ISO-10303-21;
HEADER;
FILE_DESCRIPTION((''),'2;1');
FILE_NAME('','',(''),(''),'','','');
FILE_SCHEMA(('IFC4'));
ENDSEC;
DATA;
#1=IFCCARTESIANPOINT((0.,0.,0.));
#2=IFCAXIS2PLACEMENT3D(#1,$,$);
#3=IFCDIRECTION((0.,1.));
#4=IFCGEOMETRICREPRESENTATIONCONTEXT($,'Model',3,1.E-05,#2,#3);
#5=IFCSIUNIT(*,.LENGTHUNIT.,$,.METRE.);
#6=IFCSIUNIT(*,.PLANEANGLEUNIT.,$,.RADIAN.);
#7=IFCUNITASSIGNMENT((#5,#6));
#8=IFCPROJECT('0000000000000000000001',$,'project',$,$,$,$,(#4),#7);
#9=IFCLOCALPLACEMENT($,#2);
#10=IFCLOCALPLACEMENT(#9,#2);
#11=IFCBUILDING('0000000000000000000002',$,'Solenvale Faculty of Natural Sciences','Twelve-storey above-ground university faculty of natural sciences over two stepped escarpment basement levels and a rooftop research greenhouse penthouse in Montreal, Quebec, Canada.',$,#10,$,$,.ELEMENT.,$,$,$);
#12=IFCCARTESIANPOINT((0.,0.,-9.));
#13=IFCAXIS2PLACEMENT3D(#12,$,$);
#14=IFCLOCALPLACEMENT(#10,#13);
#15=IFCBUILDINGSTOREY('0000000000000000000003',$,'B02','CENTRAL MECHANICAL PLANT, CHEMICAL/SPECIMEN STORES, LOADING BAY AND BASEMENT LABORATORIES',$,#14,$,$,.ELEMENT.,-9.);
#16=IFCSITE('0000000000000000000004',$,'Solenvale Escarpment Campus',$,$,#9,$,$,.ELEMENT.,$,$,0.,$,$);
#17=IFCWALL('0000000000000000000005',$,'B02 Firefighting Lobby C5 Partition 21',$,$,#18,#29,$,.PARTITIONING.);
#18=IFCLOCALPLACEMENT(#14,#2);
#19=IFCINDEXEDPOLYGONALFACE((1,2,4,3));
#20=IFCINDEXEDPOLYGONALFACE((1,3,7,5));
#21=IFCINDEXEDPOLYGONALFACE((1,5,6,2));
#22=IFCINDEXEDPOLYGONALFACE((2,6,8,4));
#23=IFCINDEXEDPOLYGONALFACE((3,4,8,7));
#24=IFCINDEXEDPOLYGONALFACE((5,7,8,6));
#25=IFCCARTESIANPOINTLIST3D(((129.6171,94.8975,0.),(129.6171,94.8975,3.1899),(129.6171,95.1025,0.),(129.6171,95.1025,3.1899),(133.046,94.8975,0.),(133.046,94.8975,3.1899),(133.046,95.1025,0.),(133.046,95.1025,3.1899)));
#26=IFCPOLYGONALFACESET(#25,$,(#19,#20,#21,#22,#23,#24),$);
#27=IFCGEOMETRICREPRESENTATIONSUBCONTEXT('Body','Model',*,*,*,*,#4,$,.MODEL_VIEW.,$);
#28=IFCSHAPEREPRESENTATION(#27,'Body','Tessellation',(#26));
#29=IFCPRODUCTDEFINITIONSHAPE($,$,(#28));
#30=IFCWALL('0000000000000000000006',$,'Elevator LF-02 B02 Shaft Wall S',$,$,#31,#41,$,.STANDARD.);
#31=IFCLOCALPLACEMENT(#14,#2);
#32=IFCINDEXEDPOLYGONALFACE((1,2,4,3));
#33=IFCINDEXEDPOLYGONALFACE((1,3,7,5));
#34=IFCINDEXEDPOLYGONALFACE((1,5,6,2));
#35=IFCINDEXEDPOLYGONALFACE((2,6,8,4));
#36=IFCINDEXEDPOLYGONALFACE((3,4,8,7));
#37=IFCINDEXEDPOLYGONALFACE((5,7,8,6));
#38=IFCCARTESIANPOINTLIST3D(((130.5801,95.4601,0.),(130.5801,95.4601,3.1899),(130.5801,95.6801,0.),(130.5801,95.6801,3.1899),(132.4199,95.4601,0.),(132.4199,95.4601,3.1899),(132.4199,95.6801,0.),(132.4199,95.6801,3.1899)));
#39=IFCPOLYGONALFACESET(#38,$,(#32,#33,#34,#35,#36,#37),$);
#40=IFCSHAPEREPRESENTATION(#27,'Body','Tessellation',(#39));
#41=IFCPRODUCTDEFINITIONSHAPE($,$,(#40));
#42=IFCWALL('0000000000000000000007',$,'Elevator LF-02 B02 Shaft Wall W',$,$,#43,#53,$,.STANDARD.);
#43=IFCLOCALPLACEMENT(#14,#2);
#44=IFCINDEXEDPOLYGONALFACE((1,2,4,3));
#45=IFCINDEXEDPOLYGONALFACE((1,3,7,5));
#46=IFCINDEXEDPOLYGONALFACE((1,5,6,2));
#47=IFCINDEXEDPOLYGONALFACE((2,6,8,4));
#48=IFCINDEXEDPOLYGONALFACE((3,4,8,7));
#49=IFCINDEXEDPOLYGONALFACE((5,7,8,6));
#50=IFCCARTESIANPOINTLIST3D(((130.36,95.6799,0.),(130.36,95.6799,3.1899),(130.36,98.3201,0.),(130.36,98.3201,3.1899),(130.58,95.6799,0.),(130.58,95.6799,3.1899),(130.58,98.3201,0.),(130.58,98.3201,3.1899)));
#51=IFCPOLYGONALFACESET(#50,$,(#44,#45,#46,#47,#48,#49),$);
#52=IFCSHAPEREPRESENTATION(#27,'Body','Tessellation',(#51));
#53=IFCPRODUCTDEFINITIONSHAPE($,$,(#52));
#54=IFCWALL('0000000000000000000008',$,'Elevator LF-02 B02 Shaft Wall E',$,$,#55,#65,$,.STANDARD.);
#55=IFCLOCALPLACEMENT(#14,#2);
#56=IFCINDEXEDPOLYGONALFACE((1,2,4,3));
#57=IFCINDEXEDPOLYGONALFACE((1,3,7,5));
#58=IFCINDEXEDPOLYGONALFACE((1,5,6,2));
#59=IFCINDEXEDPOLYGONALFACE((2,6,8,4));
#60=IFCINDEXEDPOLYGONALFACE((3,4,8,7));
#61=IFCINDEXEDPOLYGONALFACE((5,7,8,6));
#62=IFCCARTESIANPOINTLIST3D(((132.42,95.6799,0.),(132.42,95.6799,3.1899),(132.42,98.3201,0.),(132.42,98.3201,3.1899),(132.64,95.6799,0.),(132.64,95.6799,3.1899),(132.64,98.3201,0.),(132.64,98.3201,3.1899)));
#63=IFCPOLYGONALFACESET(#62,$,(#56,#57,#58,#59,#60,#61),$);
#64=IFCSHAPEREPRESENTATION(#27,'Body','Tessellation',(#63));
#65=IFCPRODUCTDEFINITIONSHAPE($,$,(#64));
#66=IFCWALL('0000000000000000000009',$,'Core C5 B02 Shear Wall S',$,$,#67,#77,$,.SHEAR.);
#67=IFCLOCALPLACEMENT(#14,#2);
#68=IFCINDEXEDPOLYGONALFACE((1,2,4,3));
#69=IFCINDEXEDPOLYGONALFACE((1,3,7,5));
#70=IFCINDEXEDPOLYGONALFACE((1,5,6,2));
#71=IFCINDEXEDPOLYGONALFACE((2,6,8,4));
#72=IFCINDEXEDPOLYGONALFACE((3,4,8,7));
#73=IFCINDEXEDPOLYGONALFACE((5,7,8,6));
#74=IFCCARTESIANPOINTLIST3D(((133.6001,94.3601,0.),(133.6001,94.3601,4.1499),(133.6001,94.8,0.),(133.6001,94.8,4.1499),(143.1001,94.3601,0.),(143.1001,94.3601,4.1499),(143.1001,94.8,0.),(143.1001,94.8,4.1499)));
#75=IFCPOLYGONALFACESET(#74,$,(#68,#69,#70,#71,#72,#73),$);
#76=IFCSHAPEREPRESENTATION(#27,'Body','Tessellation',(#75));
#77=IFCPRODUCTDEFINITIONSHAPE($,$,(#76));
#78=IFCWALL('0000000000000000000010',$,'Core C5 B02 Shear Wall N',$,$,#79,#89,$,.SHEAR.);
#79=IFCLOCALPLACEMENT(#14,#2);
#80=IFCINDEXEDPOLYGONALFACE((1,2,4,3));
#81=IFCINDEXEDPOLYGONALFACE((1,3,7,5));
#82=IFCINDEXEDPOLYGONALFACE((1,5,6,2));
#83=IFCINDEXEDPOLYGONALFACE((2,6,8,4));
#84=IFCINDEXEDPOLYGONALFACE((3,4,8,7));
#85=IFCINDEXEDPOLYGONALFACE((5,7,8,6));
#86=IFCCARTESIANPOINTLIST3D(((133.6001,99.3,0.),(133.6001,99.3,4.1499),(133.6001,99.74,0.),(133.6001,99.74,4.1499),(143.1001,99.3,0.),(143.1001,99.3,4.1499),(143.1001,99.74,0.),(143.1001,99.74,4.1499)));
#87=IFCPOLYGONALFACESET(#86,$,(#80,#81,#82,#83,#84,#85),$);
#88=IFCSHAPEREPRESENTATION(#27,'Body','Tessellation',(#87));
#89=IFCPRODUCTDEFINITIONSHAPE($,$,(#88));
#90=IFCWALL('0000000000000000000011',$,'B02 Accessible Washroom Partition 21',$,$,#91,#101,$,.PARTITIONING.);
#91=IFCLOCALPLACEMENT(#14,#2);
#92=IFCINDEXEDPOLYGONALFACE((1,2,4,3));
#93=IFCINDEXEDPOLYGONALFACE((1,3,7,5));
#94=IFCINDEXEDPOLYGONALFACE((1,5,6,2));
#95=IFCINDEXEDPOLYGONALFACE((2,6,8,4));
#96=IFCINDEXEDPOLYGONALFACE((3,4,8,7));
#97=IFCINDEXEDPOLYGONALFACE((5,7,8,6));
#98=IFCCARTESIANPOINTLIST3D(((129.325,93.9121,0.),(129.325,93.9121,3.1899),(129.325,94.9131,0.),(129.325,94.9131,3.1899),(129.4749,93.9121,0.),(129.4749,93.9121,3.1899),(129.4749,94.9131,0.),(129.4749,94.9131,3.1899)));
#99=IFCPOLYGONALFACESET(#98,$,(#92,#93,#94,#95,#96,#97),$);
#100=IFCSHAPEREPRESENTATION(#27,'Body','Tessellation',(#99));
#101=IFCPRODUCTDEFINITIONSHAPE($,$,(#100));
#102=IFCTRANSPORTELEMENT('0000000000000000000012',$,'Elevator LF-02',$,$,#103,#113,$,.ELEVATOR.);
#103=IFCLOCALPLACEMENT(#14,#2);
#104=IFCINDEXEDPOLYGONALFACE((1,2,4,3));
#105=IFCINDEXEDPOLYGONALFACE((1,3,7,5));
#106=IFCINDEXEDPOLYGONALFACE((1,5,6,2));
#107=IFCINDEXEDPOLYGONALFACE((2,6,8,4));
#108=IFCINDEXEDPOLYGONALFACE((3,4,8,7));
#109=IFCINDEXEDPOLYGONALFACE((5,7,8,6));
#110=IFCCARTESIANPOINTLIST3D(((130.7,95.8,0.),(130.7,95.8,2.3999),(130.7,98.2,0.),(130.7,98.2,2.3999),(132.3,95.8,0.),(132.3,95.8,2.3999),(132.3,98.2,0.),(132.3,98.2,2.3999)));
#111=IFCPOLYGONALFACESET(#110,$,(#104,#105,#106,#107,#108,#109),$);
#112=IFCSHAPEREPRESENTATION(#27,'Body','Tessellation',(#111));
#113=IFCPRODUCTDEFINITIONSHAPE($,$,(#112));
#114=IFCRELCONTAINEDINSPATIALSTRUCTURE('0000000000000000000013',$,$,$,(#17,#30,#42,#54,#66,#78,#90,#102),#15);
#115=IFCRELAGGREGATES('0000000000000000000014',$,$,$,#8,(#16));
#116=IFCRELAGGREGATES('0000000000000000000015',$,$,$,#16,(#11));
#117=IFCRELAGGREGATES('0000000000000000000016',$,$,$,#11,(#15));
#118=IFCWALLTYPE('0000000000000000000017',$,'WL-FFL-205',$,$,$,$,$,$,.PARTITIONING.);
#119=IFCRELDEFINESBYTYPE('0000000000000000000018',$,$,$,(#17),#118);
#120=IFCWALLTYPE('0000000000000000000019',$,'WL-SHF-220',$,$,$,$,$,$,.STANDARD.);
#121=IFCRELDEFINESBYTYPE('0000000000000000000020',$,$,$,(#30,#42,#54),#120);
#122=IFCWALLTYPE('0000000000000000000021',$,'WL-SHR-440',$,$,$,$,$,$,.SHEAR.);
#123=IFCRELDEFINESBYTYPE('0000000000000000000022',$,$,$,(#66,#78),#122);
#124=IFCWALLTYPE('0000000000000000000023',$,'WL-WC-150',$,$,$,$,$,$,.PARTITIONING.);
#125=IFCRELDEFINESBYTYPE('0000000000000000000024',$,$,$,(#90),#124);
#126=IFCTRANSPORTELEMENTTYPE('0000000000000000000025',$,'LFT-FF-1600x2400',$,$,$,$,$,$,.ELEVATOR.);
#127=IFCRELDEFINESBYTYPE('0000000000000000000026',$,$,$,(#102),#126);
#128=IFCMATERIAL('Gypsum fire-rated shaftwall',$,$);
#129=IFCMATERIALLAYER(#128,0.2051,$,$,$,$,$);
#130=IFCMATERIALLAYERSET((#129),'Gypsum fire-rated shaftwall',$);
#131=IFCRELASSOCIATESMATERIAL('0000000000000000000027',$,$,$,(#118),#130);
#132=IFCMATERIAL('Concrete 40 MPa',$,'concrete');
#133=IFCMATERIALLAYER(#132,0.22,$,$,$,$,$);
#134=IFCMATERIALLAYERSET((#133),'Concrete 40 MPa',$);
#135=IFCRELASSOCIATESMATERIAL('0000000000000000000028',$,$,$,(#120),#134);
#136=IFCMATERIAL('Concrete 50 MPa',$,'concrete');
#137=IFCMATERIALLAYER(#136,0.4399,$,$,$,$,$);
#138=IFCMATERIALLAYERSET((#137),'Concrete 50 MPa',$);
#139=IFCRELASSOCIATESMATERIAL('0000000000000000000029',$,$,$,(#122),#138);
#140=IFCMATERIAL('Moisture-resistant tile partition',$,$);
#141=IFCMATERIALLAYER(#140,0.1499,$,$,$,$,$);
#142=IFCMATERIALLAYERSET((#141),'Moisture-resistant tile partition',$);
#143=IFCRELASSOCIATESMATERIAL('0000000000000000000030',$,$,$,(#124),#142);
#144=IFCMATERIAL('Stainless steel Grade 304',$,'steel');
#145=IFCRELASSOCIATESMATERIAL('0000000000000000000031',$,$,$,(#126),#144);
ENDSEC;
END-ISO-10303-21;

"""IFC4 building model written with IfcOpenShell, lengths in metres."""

from ifc_helpers import new_model, si_unit, direction, frame, frame_2d, origin, origin_2d, place, context, subcontext, project, spatial, rectangle, extrude, material, layer, layer_set, type_object, element, save


model = new_model("IFC4")

# Units and contexts
model_context = context("Model", 3, precision=1e-05, world=origin(), true_north=direction((0.0, 1.0)))
body_context = subcontext(model_context, "Body", "Model", "MODEL_VIEW")
ifc_project = project(units=[si_unit("LENGTHUNIT", "METRE"), si_unit("PLANEANGLEUNIT", "RADIAN")], contexts=[model_context])

# Site, building, storey
site_placement = place(None, origin())
site = spatial("IfcSite", under=ifc_project, at=site_placement, Name="Solenvale Escarpment Campus", CompositionType="ELEMENT", RefElevation=0.0)
building_placement = place(site_placement, origin())
building = spatial("IfcBuilding", under=site, at=building_placement, Name="Solenvale Faculty of Natural Sciences", Description="Twelve-storey above-ground university faculty of natural sciences over two stepped escarpment basement levels and a rooftop research greenhouse penthouse in Montreal, Quebec, Canada.", CompositionType="ELEMENT")
storey_placement = place(building_placement, frame((0.0, 0.0, -9.0)))
storey = spatial("IfcBuildingStorey", under=building, at=storey_placement, Name="B02", Description="CENTRAL MECHANICAL PLANT, CHEMICAL/SPECIMEN STORES, LOADING BAY AND BASEMENT LABORATORIES", CompositionType="ELEMENT", Elevation=-9.0)

# Shared definitions
ifc_material_1 = material(Name="Concrete 40 MPa", Category="concrete")

# Shared definitions
ifc_material_2 = material(Name="Concrete 50 MPa", Category="concrete")

# Walls
ifc_material_3 = material(Name="Gypsum fire-rated shaftwall")
ifc_layer_1 = layer(ifc_material_3, 0.2051)
ifc_layer_set_1 = layer_set([ifc_layer_1], Name="Gypsum fire-rated shaftwall")
wall_type_1 = type_object("IfcWallType", Name="WL-FFL-205", PredefinedType="PARTITIONING", material=ifc_layer_set_1)
wall_1_placement = place(storey_placement, frame((133.0459, 95.0, 0.0), z_axis=(0.0, 0.0, 1.0), x_axis=(-1.0, 0.0, 0.0)))
element("IfcWall", 1, at=wall_1_placement, inside=storey, type_object=wall_type_1, Name="B02 Firefighting Lobby C5 Partition 21", PredefinedType="PARTITIONING", context=body_context, shape_type="SweptSolid", body=[
    extrude(rectangle(XDim=3.429, YDim=0.2051, at=frame_2d((1.7144, 0.0))), origin(), (0.0, 0.0, 1.0), 3.1899),
])
ifc_layer_2 = layer(ifc_material_1, 0.22)
ifc_layer_set_2 = layer_set([ifc_layer_2], Name="Concrete 40 MPa")
wall_type_2 = type_object("IfcWallType", Name="WL-SHF-220", PredefinedType="STANDARD", material=ifc_layer_set_2)
wall_2_placement = place(storey_placement, frame((130.5801, 95.5701, 0.0), z_axis=(0.0, 0.0, 1.0), x_axis=(1.0, 0.0, 0.0)))
element("IfcWall", 2, at=wall_2_placement, inside=storey, type_object=wall_type_2, Name="Elevator LF-02 B02 Shaft Wall S", PredefinedType="STANDARD", context=body_context, shape_type="SweptSolid", body=[
    extrude(rectangle(XDim=1.8398, YDim=0.22, at=frame_2d((0.9199, 0.0))), origin(), (0.0, 0.0, 1.0), 3.1899),
])

# Shared definitions
ifc_material_4 = material(Name="Stainless steel Grade 304", Category="steel")

# Walls
for number, where, z_axis, x_axis, name in (
    (3, (130.47, 95.6799, 0.0), (0.0, 0.0, 1.0), (0.0, 1.0, 0.0), "Elevator LF-02 B02 Shaft Wall W"),
    (4, (132.53, 95.6799, 0.0), (0.0, 0.0, 1.0), (0.0, 1.0, 0.0), "Elevator LF-02 B02 Shaft Wall E"),
):
    element("IfcWall", number, at=place(storey_placement, frame(where, z_axis=z_axis, x_axis=x_axis)), inside=storey, type_object=wall_type_2, Name=name, PredefinedType="STANDARD", context=body_context, shape_type="SweptSolid", body=[
        extrude(rectangle(XDim=2.6401, YDim=0.22, at=frame_2d((1.3201, 0.0))), origin(), (0.0, 0.0, 1.0), 3.1899),
    ])
ifc_layer_3 = layer(ifc_material_2, 0.4399)
ifc_layer_set_3 = layer_set([ifc_layer_3], Name="Concrete 50 MPa")
wall_type_3 = type_object("IfcWallType", Name="WL-SHR-440", PredefinedType="SHEAR", material=ifc_layer_set_3)
for number, where, z_axis, x_axis, name in (
    (5, (133.6001, 94.5801, 0.0), (0.0, 0.0, 1.0), (1.0, 0.0, 0.0), "Core C5 B02 Shear Wall S"),
    (6, (133.6001, 99.52, 0.0), (0.0, 0.0, 1.0), (1.0, 0.0, 0.0), "Core C5 B02 Shear Wall N"),
):
    element("IfcWall", number, at=place(storey_placement, frame(where, z_axis=z_axis, x_axis=x_axis)), inside=storey, type_object=wall_type_3, Name=name, PredefinedType="SHEAR", context=body_context, shape_type="SweptSolid", body=[
        extrude(rectangle(XDim=9.5, YDim=0.4399, at=frame_2d((4.75, 0.0))), origin(), (0.0, 0.0, 1.0), 4.1499),
    ])

# Wall
ifc_material_5 = material(Name="Moisture-resistant tile partition")
ifc_layer_4 = layer(ifc_material_5, 0.1499)
ifc_layer_set_4 = layer_set([ifc_layer_4], Name="Moisture-resistant tile partition")
wall_type_4 = type_object("IfcWallType", Name="WL-WC-150", PredefinedType="PARTITIONING", material=ifc_layer_set_4)
wall_3_placement = place(storey_placement, frame((129.3999, 94.9131, 0.0), z_axis=(0.0, 0.0, 1.0), x_axis=(0.0, -1.0, 0.0)))
element("IfcWall", 7, at=wall_3_placement, inside=storey, type_object=wall_type_4, Name="B02 Accessible Washroom Partition 21", PredefinedType="PARTITIONING", context=body_context, shape_type="SweptSolid", body=[
    extrude(rectangle(XDim=1.001, YDim=0.1499, at=frame_2d((0.5005, 0.0))), origin(), (0.0, 0.0, 1.0), 3.1899),
])

# Transport element
transport_element_type = type_object("IfcTransportElementType", Name="LFT-FF-1600x2400", PredefinedType="ELEVATOR", material=ifc_material_4)
transport_element_placement = place(storey_placement, frame((131.5, 97.0, 0.0), z_axis=(0.0, 0.0, 1.0), x_axis=(1.0, 0.0, 0.0)))
element("IfcTransportElement", 8, at=transport_element_placement, inside=storey, type_object=transport_element_type, Name="Elevator LF-02", PredefinedType="ELEVATOR", context=body_context, shape_type="SweptSolid", body=[
    extrude(rectangle(XDim=1.6001, YDim=2.3999, at=origin_2d()), origin(), (0.0, 0.0, 1.0), 2.3999),
])

save(model, "model.ifc")
